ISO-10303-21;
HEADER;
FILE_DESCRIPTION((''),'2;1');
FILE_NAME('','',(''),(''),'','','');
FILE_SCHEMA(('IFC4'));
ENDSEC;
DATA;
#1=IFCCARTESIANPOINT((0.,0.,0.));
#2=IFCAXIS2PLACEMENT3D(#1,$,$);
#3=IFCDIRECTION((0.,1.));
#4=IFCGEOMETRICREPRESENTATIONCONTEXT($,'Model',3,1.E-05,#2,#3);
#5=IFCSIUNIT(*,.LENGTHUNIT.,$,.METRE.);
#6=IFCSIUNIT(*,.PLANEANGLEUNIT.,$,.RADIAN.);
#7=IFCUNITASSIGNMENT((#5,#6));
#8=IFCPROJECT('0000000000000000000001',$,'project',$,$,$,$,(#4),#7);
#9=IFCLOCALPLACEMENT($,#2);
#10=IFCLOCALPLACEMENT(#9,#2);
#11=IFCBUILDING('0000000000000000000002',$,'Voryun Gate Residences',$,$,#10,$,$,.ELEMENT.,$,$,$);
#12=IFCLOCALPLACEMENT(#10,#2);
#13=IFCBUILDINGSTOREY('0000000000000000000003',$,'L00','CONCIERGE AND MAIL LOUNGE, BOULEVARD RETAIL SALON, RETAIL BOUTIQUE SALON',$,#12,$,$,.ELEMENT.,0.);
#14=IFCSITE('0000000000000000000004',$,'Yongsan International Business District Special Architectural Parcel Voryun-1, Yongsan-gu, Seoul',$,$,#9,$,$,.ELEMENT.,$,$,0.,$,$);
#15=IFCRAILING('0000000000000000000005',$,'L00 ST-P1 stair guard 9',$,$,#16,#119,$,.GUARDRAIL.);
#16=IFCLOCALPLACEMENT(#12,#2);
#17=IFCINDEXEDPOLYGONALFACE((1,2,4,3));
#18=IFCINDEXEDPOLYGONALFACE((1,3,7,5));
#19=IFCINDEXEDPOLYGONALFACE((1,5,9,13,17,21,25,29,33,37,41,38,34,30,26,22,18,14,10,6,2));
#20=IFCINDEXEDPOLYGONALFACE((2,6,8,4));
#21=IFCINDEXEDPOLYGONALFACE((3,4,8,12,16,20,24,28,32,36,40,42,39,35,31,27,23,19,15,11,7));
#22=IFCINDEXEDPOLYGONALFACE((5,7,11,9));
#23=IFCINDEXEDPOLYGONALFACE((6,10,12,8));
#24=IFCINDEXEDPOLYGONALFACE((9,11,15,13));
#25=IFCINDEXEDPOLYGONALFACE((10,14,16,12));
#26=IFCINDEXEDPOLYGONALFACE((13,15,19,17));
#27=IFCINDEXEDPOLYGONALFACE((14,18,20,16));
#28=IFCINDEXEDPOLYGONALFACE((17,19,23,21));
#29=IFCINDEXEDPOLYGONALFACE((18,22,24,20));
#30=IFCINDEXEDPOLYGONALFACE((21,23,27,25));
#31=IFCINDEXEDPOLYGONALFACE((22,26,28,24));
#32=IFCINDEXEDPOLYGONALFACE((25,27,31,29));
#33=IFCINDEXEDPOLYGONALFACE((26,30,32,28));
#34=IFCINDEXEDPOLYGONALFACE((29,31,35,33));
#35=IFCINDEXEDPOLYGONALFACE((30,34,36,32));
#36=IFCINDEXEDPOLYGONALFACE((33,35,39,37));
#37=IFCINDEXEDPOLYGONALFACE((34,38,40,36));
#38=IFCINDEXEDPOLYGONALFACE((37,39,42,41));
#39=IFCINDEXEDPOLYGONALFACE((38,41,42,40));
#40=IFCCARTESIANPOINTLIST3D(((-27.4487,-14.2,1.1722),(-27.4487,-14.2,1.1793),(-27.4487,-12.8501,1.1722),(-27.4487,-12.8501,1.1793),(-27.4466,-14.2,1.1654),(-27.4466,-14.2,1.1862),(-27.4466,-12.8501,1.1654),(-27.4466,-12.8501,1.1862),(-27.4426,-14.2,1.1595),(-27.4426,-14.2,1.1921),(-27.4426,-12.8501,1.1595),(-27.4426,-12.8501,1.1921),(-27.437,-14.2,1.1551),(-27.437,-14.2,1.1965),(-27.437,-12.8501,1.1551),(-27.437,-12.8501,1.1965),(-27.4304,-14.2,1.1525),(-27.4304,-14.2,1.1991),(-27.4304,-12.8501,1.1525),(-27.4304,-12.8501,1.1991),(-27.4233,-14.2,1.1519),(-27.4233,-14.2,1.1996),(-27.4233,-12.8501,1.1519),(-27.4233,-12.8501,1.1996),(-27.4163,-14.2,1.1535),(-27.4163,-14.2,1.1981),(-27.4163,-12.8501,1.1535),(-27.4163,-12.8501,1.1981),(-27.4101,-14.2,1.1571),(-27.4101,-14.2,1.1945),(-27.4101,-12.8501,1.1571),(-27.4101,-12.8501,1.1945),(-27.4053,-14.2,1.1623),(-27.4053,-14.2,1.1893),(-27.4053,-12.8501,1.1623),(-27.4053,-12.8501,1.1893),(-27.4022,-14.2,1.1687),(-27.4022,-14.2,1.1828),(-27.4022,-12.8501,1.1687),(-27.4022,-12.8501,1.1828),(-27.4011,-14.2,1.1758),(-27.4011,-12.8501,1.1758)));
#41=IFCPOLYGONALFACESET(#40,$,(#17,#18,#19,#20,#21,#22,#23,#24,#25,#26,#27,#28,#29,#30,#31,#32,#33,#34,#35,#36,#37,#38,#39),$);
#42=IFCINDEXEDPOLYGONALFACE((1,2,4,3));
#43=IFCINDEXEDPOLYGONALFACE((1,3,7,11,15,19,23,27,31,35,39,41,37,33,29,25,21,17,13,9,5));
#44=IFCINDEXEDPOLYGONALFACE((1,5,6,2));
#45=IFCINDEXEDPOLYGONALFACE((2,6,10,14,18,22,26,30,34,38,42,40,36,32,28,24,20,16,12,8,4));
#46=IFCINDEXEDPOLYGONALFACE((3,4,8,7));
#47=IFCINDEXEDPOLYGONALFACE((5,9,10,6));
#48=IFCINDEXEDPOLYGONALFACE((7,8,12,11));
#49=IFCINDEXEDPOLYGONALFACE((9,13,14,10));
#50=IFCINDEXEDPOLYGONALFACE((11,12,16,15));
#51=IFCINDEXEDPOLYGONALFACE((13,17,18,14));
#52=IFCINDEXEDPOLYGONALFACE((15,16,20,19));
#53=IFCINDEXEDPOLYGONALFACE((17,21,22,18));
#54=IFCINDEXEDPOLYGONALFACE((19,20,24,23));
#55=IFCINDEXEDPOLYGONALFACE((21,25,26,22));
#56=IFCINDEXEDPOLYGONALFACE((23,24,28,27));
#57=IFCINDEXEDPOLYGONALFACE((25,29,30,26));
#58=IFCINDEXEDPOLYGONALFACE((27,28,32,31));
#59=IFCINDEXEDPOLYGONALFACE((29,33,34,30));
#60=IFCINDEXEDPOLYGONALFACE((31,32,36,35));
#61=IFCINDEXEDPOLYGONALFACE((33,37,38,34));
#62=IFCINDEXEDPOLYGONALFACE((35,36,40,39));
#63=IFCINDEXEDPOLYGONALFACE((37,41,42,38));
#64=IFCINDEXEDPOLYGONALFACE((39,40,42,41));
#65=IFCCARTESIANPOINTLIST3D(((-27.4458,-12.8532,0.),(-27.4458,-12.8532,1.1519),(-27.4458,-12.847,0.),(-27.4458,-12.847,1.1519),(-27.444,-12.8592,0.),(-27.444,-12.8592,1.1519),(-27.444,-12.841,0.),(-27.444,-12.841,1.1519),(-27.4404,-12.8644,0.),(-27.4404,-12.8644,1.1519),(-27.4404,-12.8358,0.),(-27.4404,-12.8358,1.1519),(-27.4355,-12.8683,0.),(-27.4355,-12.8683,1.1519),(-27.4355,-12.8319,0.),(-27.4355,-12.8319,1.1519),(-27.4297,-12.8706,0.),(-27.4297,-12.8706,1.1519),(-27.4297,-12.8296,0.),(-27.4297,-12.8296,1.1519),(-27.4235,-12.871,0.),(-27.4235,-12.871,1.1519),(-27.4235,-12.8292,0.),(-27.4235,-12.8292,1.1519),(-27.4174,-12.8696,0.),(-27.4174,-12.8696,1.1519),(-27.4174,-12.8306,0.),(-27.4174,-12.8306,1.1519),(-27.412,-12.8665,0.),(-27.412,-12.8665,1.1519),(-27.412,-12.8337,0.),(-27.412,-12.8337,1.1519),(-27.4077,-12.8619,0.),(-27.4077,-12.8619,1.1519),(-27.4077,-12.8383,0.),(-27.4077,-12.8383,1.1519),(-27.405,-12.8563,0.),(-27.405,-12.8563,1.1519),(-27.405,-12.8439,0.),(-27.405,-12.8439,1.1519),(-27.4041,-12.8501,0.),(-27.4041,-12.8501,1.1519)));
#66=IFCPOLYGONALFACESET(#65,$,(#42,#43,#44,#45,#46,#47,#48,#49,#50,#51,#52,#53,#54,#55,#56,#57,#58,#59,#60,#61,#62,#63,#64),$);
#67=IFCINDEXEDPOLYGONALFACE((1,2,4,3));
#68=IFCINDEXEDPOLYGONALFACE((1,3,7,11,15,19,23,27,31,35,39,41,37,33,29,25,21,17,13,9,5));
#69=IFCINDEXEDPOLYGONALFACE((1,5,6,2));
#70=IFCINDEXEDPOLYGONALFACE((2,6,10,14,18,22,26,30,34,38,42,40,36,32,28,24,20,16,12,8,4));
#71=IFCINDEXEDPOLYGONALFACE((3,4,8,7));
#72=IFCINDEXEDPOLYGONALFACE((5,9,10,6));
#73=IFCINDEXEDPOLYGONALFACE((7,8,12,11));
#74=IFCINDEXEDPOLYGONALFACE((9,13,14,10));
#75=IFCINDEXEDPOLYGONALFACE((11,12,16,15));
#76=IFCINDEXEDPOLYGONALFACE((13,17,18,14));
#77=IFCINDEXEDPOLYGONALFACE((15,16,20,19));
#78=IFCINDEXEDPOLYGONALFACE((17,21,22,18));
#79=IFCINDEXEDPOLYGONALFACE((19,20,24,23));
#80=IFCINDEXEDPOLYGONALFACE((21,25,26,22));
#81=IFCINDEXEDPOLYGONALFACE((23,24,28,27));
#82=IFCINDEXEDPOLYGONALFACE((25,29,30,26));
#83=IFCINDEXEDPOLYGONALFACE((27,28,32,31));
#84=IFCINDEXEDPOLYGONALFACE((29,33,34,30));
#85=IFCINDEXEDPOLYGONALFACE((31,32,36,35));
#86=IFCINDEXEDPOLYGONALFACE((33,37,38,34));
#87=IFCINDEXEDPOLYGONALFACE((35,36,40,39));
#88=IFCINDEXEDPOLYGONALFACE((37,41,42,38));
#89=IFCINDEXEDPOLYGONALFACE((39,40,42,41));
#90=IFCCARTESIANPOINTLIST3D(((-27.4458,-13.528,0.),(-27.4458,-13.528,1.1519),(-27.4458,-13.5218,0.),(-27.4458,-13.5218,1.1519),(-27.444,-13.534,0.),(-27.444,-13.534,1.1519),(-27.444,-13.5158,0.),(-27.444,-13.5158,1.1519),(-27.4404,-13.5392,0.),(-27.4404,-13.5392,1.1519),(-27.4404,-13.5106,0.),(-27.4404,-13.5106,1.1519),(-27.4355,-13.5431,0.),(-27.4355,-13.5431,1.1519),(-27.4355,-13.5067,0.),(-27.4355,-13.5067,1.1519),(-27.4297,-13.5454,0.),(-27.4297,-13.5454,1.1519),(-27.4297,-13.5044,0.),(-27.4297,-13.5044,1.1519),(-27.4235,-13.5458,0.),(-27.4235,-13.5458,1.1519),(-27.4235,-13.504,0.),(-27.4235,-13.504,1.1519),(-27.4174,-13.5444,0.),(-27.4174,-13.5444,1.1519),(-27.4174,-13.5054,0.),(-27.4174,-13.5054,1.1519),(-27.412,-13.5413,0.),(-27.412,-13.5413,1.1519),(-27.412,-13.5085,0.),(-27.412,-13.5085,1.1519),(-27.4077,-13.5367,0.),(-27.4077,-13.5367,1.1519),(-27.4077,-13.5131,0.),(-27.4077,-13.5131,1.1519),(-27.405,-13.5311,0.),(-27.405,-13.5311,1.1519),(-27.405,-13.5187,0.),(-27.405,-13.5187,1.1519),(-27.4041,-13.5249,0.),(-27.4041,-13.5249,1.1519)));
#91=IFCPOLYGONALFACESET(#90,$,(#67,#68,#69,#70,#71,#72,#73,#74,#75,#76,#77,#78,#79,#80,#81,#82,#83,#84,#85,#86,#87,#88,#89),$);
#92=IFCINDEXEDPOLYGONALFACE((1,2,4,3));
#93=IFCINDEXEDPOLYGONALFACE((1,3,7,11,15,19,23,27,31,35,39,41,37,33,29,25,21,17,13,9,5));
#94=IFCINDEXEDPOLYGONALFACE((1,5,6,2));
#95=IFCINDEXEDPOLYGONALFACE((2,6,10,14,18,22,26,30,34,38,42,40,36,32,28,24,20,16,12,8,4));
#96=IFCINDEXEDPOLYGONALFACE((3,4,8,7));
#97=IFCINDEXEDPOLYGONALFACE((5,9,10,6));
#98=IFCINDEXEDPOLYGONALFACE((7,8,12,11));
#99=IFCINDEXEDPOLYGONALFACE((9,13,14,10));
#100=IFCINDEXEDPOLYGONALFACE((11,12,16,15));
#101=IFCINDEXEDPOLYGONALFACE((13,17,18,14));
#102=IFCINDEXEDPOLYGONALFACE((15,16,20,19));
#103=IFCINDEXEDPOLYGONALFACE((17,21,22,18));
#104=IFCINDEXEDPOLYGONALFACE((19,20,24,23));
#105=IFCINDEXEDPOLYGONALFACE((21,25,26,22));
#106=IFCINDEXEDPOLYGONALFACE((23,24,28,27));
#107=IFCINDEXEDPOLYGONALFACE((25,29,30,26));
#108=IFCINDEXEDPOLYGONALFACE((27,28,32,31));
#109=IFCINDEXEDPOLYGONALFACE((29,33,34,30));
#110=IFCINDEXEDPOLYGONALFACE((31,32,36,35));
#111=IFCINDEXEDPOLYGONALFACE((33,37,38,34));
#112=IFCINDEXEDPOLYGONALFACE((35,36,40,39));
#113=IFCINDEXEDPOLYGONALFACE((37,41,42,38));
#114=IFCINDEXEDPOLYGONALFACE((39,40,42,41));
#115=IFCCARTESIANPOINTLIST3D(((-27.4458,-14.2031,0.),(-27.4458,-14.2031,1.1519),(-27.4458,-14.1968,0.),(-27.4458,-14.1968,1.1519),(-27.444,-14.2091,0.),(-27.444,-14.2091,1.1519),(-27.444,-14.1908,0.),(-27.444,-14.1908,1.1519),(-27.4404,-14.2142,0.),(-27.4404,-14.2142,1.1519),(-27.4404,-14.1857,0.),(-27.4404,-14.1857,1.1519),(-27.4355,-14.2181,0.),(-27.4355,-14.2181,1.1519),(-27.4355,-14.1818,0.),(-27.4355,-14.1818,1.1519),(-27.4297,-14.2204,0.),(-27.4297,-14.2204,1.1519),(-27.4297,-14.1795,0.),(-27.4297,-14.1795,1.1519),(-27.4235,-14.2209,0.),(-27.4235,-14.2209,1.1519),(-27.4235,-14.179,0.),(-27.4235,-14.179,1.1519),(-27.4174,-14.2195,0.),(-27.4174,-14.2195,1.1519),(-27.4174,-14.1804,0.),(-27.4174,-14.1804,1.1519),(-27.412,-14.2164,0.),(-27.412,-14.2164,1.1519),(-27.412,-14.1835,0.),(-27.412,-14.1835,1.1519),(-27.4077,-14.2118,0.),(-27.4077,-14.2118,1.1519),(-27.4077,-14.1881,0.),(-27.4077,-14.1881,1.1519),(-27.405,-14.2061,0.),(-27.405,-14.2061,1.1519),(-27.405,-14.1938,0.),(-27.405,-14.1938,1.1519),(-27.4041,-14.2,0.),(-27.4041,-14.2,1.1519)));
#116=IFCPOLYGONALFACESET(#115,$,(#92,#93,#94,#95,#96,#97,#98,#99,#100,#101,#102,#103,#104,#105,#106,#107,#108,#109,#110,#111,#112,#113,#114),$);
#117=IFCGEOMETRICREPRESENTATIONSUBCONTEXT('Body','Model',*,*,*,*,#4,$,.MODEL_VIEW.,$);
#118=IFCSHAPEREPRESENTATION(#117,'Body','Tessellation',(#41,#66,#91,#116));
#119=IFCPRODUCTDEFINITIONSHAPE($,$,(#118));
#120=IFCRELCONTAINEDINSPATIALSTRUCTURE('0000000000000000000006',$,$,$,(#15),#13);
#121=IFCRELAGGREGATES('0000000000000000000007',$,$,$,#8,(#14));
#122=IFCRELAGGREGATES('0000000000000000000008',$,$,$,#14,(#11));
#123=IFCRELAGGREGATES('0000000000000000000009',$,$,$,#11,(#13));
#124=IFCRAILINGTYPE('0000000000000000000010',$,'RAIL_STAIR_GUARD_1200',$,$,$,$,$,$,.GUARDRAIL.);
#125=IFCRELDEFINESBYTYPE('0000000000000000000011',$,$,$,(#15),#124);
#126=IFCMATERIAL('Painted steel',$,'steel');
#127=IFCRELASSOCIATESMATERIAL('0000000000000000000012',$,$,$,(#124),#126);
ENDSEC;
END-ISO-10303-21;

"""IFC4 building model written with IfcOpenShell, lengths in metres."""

from ifc_helpers import new_model, si_unit, direction, frame, origin, origin_2d, place, context, subcontext, project, spatial, circle, extrude, material, type_object, element, save


model = new_model("IFC4")

# Units and contexts
model_context = context("Model", 3, precision=1e-05, world=origin(), true_north=direction((0.0, 1.0)))
body_context = subcontext(model_context, "Body", "Model", "MODEL_VIEW")
ifc_project = project(units=[si_unit("LENGTHUNIT", "METRE"), si_unit("PLANEANGLEUNIT", "RADIAN")], contexts=[model_context])

# Site, building, storey
site_placement = place(None, origin())
site = spatial("IfcSite", under=ifc_project, at=site_placement, Name="Yongsan International Business District Special Architectural Parcel Voryun-1, Yongsan-gu, Seoul", CompositionType="ELEMENT", RefElevation=0.0)
building_placement = place(site_placement, origin())
building = spatial("IfcBuilding", under=site, at=building_placement, Name="Voryun Gate Residences", CompositionType="ELEMENT")
storey_placement = place(building_placement, origin())
storey = spatial("IfcBuildingStorey", under=building, at=storey_placement, Name="L00", Description="CONCIERGE AND MAIL LOUNGE, BOULEVARD RETAIL SALON, RETAIL BOUTIQUE SALON", CompositionType="ELEMENT", Elevation=0.0)

# Railing
ifc_material_1 = material(Name="Painted steel", Category="steel")
railing_type_1 = type_object("IfcRailingType", Name="RAIL_STAIR_GUARD_1200", PredefinedType="GUARDRAIL", material=ifc_material_1)
for number, where, name in (
    (1, (-27.425, -12.8501, 0.0), "L00 ST-P1 stair guard 9"),
):
    element("IfcRailing", number, at=place(storey_placement, frame(where)), inside=storey, type_object=railing_type_1, Name=name, PredefinedType="GUARDRAIL", context=body_context, shape_type="SweptSolid", body=[
        extrude(circle(Radius=0.0239, at=origin_2d()), frame((0.0, 0.0, 1.1758), z_axis=(0.0, -1.0, 0.0), x_axis=(1.0, 0.0, 0.0)), (0.0, 0.0, 1.0), 1.3499),
        extrude(circle(Radius=0.021, at=origin_2d()), origin(), (0.0, 0.0, 1.0), 1.1519),
        extrude(circle(Radius=0.021, at=origin_2d()), frame((0.0, -0.6748, 0.0)), (0.0, 0.0, 1.0), 1.1519),
        extrude(circle(Radius=0.021, at=origin_2d()), frame((0.0, -1.3499, 0.0)), (0.0, 0.0, 1.0), 1.1519),
    ])

save(model, "model.ifc")
